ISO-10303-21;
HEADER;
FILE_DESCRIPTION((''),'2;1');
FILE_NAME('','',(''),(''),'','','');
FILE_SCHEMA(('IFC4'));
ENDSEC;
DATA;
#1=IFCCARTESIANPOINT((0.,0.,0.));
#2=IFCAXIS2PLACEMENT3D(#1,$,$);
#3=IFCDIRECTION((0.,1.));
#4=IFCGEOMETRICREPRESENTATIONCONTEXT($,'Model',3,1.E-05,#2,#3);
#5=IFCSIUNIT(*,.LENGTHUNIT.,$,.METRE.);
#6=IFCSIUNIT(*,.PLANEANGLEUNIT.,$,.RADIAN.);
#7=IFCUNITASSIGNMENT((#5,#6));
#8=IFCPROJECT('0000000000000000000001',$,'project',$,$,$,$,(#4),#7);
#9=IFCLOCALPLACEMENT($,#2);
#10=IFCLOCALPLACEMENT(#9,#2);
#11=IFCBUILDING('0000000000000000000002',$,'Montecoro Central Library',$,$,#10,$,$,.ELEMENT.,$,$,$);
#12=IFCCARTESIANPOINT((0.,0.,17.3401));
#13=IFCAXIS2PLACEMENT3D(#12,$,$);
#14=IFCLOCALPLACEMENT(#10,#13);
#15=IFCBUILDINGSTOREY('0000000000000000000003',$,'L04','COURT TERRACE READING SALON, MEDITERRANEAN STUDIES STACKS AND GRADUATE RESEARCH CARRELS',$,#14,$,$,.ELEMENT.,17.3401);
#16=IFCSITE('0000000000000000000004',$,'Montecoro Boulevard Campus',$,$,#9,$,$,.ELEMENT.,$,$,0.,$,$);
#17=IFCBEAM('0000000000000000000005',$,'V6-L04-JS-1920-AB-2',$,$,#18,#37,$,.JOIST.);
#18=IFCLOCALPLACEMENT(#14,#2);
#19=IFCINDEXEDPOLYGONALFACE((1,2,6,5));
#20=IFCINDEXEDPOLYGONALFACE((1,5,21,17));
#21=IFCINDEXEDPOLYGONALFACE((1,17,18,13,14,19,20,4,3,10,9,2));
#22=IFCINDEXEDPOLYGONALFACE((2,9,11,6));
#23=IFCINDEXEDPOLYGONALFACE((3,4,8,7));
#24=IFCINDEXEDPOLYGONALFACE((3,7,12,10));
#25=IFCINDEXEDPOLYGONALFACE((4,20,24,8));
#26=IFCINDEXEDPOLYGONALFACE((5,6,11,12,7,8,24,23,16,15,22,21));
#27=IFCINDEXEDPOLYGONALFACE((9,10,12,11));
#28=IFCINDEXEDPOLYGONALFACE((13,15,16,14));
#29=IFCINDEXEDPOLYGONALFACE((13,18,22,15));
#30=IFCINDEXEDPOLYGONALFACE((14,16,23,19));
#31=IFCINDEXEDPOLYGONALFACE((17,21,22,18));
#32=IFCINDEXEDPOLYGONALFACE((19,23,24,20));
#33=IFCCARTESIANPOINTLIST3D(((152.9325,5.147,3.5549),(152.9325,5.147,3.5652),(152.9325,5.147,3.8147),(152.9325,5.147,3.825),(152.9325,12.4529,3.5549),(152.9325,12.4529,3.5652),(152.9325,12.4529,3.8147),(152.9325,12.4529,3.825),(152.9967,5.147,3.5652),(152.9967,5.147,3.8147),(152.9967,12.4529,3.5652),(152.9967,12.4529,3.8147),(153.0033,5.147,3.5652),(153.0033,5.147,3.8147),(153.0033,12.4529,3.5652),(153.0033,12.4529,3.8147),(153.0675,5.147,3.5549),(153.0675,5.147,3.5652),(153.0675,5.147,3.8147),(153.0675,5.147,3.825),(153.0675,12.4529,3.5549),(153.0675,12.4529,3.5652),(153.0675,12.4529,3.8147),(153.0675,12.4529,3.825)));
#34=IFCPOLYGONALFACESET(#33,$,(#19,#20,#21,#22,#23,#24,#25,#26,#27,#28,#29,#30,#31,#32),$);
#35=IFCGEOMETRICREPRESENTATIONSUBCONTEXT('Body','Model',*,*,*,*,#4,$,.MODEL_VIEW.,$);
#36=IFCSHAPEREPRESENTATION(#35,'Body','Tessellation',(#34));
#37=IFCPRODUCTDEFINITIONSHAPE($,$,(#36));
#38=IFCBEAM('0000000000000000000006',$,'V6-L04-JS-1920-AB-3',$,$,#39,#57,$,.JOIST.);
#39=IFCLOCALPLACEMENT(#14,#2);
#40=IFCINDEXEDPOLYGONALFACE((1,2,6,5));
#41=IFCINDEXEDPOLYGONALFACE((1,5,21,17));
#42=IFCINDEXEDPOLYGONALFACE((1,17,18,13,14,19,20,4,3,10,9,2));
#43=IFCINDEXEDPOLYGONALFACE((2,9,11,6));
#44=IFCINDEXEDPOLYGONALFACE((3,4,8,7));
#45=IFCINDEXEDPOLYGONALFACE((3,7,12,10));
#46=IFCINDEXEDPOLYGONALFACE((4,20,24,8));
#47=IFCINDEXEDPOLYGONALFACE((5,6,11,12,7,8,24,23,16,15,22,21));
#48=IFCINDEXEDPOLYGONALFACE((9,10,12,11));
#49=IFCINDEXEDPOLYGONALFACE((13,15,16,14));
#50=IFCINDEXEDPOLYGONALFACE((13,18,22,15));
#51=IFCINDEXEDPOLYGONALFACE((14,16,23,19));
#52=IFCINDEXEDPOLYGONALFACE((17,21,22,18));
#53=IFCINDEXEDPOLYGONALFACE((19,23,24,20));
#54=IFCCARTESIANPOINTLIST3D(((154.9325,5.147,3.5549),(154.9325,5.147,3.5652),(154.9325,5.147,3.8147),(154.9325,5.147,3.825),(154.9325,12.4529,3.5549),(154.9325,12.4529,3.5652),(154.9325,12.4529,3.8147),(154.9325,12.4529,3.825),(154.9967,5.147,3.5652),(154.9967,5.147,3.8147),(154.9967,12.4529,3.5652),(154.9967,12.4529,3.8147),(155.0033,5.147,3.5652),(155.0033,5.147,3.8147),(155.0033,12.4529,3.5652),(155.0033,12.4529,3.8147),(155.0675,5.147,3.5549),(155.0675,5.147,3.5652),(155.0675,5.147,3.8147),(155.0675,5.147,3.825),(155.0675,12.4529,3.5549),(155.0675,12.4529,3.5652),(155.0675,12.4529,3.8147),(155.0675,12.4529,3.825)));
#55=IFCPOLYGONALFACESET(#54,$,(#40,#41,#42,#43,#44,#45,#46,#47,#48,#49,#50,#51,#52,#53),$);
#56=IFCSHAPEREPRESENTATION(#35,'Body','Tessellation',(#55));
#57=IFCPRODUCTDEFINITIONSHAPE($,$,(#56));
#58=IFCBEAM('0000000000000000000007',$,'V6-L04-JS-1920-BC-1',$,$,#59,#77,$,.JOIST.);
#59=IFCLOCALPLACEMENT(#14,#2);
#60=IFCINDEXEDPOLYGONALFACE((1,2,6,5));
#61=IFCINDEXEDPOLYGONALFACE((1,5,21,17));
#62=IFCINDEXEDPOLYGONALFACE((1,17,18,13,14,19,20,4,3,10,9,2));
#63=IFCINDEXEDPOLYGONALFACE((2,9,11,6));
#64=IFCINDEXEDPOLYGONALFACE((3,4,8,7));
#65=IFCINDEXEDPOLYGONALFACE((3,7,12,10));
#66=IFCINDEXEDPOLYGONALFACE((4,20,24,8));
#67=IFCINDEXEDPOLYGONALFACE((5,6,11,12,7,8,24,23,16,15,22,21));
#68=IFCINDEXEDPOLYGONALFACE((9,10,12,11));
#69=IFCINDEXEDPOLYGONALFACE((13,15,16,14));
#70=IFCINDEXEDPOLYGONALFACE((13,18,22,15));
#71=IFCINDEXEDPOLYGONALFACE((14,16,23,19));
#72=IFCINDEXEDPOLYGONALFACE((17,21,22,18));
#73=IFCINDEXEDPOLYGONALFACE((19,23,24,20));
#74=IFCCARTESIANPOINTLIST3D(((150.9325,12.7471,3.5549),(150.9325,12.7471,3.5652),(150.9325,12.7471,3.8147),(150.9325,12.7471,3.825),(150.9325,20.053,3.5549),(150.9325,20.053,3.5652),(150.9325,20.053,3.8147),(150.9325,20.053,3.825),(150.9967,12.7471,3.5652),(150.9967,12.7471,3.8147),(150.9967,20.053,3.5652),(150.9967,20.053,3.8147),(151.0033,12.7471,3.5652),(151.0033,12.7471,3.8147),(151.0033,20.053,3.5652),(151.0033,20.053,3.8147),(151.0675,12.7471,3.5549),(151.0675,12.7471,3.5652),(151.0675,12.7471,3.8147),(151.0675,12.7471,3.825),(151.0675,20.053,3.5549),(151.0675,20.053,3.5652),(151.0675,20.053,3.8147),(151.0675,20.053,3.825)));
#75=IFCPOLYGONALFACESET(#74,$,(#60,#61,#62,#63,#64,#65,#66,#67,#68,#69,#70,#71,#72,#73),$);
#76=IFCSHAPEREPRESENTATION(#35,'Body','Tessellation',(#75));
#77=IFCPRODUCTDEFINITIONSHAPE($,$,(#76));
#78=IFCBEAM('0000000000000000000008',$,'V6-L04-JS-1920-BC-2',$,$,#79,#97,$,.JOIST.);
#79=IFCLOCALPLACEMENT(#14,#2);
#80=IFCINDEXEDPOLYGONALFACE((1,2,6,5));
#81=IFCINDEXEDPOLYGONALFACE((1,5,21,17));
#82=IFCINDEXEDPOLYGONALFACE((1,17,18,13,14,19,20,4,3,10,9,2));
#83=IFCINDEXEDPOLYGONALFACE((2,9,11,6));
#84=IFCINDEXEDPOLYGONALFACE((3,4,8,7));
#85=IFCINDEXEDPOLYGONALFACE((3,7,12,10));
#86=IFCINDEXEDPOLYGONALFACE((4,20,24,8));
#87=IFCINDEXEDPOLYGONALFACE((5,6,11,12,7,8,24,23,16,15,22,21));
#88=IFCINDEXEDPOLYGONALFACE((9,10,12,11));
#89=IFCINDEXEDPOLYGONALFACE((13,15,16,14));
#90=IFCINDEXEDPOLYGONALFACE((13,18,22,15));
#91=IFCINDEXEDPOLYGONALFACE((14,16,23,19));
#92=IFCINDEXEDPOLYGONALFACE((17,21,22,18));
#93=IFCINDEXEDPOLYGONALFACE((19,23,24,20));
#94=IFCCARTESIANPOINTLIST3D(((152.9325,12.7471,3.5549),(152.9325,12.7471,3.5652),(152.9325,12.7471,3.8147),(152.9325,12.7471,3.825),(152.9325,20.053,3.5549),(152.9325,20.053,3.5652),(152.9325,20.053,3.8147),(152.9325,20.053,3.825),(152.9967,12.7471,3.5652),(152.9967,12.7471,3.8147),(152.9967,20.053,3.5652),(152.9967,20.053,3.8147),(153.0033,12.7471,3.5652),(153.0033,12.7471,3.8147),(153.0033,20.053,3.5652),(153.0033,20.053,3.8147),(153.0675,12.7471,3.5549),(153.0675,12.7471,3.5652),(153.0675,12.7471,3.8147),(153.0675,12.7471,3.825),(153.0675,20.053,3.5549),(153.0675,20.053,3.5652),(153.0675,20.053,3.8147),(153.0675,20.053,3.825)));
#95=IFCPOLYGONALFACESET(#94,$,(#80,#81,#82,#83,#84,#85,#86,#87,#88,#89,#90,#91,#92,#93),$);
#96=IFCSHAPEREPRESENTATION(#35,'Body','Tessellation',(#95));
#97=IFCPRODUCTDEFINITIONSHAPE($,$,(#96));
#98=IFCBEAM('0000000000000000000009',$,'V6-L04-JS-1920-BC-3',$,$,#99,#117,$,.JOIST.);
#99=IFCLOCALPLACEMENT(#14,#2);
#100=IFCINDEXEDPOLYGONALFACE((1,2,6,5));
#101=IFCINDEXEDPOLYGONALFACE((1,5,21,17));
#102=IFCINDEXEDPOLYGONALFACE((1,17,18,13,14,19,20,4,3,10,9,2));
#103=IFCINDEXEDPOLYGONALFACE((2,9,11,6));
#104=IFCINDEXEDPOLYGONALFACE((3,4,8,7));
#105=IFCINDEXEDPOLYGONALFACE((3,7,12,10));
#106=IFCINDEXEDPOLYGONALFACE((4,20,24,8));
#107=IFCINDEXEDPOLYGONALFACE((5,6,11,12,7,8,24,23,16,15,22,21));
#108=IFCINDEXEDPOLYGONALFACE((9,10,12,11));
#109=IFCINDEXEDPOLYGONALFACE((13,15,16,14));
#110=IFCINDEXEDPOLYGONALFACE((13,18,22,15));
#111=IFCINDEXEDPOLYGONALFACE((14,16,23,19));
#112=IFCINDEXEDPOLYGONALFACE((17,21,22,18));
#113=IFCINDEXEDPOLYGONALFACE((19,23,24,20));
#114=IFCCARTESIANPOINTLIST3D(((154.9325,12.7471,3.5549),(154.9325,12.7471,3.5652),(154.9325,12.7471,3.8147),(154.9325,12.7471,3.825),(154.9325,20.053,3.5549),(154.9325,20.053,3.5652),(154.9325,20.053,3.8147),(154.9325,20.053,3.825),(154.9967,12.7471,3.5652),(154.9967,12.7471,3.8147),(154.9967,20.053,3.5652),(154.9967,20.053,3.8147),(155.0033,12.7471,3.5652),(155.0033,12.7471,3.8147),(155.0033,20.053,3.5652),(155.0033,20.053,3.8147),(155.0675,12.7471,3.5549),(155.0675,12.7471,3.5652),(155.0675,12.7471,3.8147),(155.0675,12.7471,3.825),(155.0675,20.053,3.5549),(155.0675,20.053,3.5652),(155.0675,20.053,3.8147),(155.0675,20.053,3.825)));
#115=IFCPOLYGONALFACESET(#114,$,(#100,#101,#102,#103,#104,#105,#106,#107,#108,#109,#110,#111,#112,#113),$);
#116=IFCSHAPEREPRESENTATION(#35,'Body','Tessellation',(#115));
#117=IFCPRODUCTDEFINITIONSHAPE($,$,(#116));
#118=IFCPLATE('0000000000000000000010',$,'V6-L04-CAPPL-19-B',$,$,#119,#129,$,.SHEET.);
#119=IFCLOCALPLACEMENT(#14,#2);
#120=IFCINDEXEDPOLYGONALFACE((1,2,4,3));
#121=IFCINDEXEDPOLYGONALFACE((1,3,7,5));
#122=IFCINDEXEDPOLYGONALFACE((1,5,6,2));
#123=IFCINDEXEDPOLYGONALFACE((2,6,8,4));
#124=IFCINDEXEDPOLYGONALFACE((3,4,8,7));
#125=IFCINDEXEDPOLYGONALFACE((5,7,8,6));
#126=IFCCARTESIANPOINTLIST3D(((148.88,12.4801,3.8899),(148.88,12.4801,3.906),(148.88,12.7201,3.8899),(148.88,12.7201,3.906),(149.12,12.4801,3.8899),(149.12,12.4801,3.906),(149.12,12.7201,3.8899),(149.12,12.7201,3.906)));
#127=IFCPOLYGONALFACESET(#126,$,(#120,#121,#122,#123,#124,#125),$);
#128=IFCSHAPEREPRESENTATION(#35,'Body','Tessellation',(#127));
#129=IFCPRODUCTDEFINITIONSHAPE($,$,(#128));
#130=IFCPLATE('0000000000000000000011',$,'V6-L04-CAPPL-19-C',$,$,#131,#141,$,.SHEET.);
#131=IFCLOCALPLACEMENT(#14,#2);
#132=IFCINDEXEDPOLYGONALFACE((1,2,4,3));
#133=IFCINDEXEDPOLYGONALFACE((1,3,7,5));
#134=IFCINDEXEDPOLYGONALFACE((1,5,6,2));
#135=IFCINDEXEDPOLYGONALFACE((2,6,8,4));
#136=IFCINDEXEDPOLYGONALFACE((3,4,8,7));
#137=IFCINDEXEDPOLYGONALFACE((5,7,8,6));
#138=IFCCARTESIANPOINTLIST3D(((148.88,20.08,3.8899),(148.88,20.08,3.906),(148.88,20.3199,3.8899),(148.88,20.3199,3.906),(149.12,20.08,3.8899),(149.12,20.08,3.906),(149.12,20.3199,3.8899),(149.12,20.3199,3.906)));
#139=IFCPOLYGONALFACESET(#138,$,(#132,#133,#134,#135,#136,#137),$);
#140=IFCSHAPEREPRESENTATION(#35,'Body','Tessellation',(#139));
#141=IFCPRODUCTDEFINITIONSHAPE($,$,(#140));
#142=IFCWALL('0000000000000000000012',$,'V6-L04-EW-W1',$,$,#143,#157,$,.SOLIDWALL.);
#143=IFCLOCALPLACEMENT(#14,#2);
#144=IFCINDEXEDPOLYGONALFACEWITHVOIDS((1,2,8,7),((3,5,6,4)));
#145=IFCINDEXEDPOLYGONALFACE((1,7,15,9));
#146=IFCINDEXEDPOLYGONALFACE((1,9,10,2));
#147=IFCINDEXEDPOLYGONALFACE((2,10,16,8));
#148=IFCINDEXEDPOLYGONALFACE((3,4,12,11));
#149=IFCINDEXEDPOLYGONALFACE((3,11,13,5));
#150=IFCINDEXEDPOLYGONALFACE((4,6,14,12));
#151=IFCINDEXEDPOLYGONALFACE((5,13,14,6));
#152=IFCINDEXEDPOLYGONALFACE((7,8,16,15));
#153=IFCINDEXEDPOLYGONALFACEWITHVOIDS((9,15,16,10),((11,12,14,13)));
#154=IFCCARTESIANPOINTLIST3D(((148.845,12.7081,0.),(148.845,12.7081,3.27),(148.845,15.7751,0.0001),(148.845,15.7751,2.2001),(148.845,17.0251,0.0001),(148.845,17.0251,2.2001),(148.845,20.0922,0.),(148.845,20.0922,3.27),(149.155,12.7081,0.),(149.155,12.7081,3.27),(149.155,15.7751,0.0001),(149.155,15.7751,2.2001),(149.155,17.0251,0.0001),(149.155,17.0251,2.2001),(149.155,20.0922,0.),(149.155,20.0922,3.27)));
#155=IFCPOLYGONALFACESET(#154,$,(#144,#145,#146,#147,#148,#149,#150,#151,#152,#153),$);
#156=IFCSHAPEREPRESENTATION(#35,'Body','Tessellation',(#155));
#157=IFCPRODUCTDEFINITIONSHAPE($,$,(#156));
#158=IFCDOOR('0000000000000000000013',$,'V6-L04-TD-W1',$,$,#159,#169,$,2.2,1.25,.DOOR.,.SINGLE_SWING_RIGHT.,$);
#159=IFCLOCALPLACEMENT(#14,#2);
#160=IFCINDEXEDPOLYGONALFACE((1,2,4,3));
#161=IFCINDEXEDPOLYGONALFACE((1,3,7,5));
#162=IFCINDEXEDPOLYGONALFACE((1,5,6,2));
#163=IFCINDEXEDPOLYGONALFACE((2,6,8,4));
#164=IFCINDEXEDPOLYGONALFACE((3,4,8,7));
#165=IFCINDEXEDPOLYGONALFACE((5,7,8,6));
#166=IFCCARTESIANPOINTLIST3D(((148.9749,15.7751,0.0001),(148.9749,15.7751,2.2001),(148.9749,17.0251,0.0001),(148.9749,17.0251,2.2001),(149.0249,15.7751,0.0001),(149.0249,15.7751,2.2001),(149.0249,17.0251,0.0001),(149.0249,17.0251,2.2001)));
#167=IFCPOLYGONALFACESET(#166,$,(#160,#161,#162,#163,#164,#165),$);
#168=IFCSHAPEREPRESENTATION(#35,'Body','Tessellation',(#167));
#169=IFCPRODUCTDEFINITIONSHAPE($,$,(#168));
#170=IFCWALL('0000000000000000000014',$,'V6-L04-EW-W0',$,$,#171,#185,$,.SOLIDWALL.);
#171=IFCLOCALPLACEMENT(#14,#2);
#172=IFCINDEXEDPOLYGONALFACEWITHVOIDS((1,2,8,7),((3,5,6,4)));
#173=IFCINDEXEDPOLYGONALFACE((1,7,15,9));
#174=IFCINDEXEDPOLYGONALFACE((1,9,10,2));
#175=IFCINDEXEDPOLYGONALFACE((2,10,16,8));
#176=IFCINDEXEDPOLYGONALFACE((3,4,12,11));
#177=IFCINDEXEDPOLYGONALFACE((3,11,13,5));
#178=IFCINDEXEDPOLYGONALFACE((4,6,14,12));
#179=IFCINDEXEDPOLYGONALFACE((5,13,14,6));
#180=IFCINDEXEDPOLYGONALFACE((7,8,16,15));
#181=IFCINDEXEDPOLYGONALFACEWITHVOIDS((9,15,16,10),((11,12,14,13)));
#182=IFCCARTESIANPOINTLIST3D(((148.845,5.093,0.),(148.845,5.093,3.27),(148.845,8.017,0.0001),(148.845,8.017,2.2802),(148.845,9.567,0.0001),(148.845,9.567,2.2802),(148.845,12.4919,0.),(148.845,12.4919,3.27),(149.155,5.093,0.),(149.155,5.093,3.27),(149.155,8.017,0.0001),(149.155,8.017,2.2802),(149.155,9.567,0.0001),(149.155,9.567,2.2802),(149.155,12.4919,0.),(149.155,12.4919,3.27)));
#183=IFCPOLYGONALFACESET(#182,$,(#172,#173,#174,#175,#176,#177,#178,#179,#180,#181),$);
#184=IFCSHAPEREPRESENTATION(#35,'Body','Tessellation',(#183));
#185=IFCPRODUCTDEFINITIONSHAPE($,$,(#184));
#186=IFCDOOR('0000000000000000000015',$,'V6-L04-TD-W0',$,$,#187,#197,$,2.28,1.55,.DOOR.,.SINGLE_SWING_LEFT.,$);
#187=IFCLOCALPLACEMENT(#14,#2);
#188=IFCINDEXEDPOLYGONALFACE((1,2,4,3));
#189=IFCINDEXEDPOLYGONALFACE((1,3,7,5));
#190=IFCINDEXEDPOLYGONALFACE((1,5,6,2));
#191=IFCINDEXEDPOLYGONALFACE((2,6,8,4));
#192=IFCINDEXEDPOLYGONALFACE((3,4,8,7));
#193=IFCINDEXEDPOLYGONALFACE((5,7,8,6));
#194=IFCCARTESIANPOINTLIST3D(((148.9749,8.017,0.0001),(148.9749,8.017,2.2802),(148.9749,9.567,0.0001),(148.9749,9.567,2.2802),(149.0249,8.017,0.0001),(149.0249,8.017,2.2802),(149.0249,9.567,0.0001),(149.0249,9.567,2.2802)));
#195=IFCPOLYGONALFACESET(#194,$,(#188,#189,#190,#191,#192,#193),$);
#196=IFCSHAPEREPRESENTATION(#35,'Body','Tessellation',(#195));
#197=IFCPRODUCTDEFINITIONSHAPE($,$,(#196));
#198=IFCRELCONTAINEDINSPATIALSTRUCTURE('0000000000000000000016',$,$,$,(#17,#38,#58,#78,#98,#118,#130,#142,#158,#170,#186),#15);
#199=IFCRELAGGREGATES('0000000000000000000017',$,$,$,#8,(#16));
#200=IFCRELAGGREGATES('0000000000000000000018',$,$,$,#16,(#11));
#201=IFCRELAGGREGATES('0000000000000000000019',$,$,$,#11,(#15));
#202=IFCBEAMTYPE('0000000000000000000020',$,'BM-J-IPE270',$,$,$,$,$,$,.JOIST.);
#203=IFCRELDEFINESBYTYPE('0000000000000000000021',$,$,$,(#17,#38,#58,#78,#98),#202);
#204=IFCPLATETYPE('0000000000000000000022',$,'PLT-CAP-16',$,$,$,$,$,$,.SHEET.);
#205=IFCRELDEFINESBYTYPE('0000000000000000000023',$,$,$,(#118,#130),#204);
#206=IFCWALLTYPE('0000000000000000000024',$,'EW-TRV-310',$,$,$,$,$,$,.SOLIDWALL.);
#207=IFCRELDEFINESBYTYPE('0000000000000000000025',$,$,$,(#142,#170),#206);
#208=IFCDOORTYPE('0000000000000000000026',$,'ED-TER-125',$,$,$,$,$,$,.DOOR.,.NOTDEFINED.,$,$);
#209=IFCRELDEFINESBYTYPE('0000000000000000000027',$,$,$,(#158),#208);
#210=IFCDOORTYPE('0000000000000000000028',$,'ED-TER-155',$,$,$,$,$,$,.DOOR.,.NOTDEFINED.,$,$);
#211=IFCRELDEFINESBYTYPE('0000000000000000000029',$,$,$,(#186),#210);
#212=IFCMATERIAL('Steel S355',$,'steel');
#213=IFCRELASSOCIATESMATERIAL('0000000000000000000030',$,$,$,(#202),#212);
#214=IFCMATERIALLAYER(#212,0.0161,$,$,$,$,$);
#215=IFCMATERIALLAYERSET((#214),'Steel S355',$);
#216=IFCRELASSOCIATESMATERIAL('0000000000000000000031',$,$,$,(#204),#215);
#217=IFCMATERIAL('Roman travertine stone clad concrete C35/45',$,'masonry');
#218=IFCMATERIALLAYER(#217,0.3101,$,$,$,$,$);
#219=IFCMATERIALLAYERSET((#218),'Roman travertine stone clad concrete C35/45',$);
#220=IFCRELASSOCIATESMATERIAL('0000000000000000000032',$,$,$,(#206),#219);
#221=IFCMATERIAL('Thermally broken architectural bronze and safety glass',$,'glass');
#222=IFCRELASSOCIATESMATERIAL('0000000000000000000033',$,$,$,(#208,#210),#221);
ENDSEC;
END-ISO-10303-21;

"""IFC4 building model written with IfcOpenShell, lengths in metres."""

from ifc_helpers import new_model, si_unit, direction, frame, frame_2d, origin, origin_2d, place, context, subcontext, project, spatial, rectangle, i_section, extrude, material, layer, layer_set, material_profile, profile_set, type_object, element, fill, save


model = new_model("IFC4")

# Units and contexts
model_context = context("Model", 3, precision=1e-05, world=origin(), true_north=direction((0.0, 1.0)))
body_context = subcontext(model_context, "Body", "Model", "MODEL_VIEW")
ifc_project = project(units=[si_unit("LENGTHUNIT", "METRE"), si_unit("PLANEANGLEUNIT", "RADIAN")], contexts=[model_context])

# Site, building, storey
site_placement = place(None, origin())
site = spatial("IfcSite", under=ifc_project, at=site_placement, Name="Montecoro Boulevard Campus", CompositionType="ELEMENT", RefElevation=0.0)
building_placement = place(site_placement, origin())
building = spatial("IfcBuilding", under=site, at=building_placement, Name="Montecoro Central Library", CompositionType="ELEMENT")
storey_placement = place(building_placement, frame((0.0, 0.0, 17.3401)))
storey = spatial("IfcBuildingStorey", under=building, at=storey_placement, Name="L04", Description="COURT TERRACE READING SALON, MEDITERRANEAN STUDIES STACKS AND GRADUATE RESEARCH CARRELS", CompositionType="ELEMENT", Elevation=17.3401)

# Shared definitions
ifc_material_1 = material(Name="Steel S355", Category="steel")

# Beams
ifc_material_profile_1 = material_profile(ifc_material_1, i_section(OverallWidth=0.135, OverallDepth=0.27, WebThickness=0.0066, FlangeThickness=0.0103, at=origin_2d()), Name="IPE 270")
ifc_profile_set_1 = profile_set([ifc_material_profile_1], Name="Steel S355")
beam_type_1 = type_object("IfcBeamType", Name="BM-J-IPE270", PredefinedType="JOIST", material=ifc_profile_set_1)
for number, where, z_axis, x_axis, name in (
    (1, (153.0, 5.147, 3.6899), (0.0, 1.0, 0.0), (-1.0, 0.0, 0.0), "V6-L04-JS-1920-AB-2"),
    (2, (155.0, 5.147, 3.6899), (0.0, 1.0, 0.0), (-1.0, 0.0, 0.0), "V6-L04-JS-1920-AB-3"),
    (3, (151.0, 12.7471, 3.6899), (0.0, 1.0, 0.0), (-1.0, 0.0, 0.0), "V6-L04-JS-1920-BC-1"),
    (4, (153.0, 12.7471, 3.6899), (0.0, 1.0, 0.0), (-1.0, 0.0, 0.0), "V6-L04-JS-1920-BC-2"),
    (5, (155.0, 12.7471, 3.6899), (0.0, 1.0, 0.0), (-1.0, 0.0, 0.0), "V6-L04-JS-1920-BC-3"),
):
    element("IfcBeam", number, at=place(storey_placement, frame(where, z_axis=z_axis, x_axis=x_axis)), inside=storey, type_object=beam_type_1, Name=name, PredefinedType="JOIST", context=body_context, shape_type="SweptSolid", body=[
        extrude(i_section(OverallWidth=0.135, OverallDepth=0.27, WebThickness=0.0066, FlangeThickness=0.0103, at=origin_2d()), origin(), (0.0, 0.0, 1.0), 7.3059),
    ])

# Plates
ifc_layer_1 = layer(ifc_material_1, 0.0161)
ifc_layer_set_1 = layer_set([ifc_layer_1], Name="Steel S355")
plate_type = type_object("IfcPlateType", Name="PLT-CAP-16", PredefinedType="SHEET", material=ifc_layer_set_1)
for number, where, z_axis, x_axis, name in (
    (6, (149.0, 12.6001, 3.8899), (0.0, 0.0, 1.0), (1.0, 0.0, 0.0), "V6-L04-CAPPL-19-B"),
    (7, (149.0, 20.2, 3.8899), (0.0, 0.0, 1.0), (1.0, 0.0, 0.0), "V6-L04-CAPPL-19-C"),
):
    element("IfcPlate", number, at=place(storey_placement, frame(where, z_axis=z_axis, x_axis=x_axis)), inside=storey, type_object=plate_type, Name=name, PredefinedType="SHEET", context=body_context, shape_type="SweptSolid", body=[
        extrude(rectangle(XDim=0.24, YDim=0.24, at=origin_2d()), origin(), (0.0, 0.0, 1.0), 0.0161),
    ])

# Walls, openings, doors
ifc_material_2 = material(Name="Roman travertine stone clad concrete C35/45", Category="masonry")
ifc_layer_2 = layer(ifc_material_2, 0.3101)
ifc_layer_set_2 = layer_set([ifc_layer_2], Name="Roman travertine stone clad concrete C35/45")
wall_type_1 = type_object("IfcWallType", Name="EW-TRV-310", PredefinedType="SOLIDWALL", material=ifc_layer_set_2)
wall_1_placement = place(storey_placement, frame((149.0, 20.092, 0.0), z_axis=(0.0, 0.0, 1.0), x_axis=(0.0, -1.0, 0.0)))
wall_1 = element("IfcWall", 8, at=wall_1_placement, inside=storey, type_object=wall_type_1, Name="V6-L04-EW-W1", PredefinedType="SOLIDWALL", context=body_context, shape_type="SweptSolid", body=[
    extrude(rectangle(XDim=7.384, YDim=0.3101, at=frame_2d((3.6919, 0.0))), origin(), (0.0, 0.0, 1.0), 3.27),
])
opening_1_placement = place(wall_1_placement, frame((3.0669, 0.0, 0.0)))
opening_1 = element("IfcOpeningElement", 9, at=opening_1_placement, cuts=wall_1, PredefinedType="OPENING", context=body_context, shape_type="SweptSolid", body=[
    extrude(rectangle(XDim=1.25, YDim=2.2, at=frame_2d((0.625, 1.1001))), frame((0.0, 0.165, 0.0), z_axis=(0.0, -1.0, 0.0), x_axis=(1.0, 0.0, 0.0)), (0.0, 0.0, 1.0), 0.3301),
])
ifc_material_3 = material(Name="Thermally broken architectural bronze and safety glass", Category="glass")
door_type_1 = type_object("IfcDoorType", Name="ED-TER-125", OperationType="NOTDEFINED", PredefinedType="DOOR", material=ifc_material_3)
door_1_placement = place(opening_1_placement, origin())
door_1 = element("IfcDoor", 10, at=door_1_placement, inside=storey, type_object=door_type_1, Name="V6-L04-TD-W1", OperationType="SINGLE_SWING_RIGHT", OverallHeight=2.2, OverallWidth=1.25, PredefinedType="DOOR", context=body_context, shape_type="SweptSolid", body=[
    extrude(rectangle(XDim=1.25, YDim=2.2, at=frame_2d((0.625, 1.1001))), frame((0.0, 0.0249, 0.0), z_axis=(0.0, -1.0, 0.0), x_axis=(1.0, 0.0, 0.0)), (0.0, 0.0, 1.0), 0.05),
])
fill(opening_1, door_1)
wall_2_placement = place(storey_placement, frame((149.0, 12.4919, 0.0), z_axis=(0.0, 0.0, 1.0), x_axis=(0.0, -1.0, 0.0)))
wall_2 = element("IfcWall", 11, at=wall_2_placement, inside=storey, type_object=wall_type_1, Name="V6-L04-EW-W0", PredefinedType="SOLIDWALL", context=body_context, shape_type="SweptSolid", body=[
    extrude(rectangle(XDim=7.3989, YDim=0.3101, at=frame_2d((3.6995, 0.0))), origin(), (0.0, 0.0, 1.0), 3.27),
])
opening_2_placement = place(wall_2_placement, frame((2.925, 0.0, 0.0)))
opening_2 = element("IfcOpeningElement", 12, at=opening_2_placement, cuts=wall_2, PredefinedType="OPENING", context=body_context, shape_type="SweptSolid", body=[
    extrude(rectangle(XDim=1.55, YDim=2.28, at=frame_2d((0.7749, 1.1401))), frame((0.0, 0.165, 0.0), z_axis=(0.0, -1.0, 0.0), x_axis=(1.0, 0.0, 0.0)), (0.0, 0.0, 1.0), 0.3301),
])
door_type_2 = type_object("IfcDoorType", Name="ED-TER-155", OperationType="NOTDEFINED", PredefinedType="DOOR", material=ifc_material_3)
door_2_placement = place(opening_2_placement, origin())
door_2 = element("IfcDoor", 13, at=door_2_placement, inside=storey, type_object=door_type_2, Name="V6-L04-TD-W0", OperationType="SINGLE_SWING_LEFT", OverallHeight=2.28, OverallWidth=1.55, PredefinedType="DOOR", context=body_context, shape_type="SweptSolid", body=[
    extrude(rectangle(XDim=1.55, YDim=2.28, at=frame_2d((0.7749, 1.1401))), frame((0.0, 0.0249, 0.0), z_axis=(0.0, -1.0, 0.0), x_axis=(1.0, 0.0, 0.0)), (0.0, 0.0, 1.0), 0.05),
])
fill(opening_2, door_2)

save(model, "model.ifc")
